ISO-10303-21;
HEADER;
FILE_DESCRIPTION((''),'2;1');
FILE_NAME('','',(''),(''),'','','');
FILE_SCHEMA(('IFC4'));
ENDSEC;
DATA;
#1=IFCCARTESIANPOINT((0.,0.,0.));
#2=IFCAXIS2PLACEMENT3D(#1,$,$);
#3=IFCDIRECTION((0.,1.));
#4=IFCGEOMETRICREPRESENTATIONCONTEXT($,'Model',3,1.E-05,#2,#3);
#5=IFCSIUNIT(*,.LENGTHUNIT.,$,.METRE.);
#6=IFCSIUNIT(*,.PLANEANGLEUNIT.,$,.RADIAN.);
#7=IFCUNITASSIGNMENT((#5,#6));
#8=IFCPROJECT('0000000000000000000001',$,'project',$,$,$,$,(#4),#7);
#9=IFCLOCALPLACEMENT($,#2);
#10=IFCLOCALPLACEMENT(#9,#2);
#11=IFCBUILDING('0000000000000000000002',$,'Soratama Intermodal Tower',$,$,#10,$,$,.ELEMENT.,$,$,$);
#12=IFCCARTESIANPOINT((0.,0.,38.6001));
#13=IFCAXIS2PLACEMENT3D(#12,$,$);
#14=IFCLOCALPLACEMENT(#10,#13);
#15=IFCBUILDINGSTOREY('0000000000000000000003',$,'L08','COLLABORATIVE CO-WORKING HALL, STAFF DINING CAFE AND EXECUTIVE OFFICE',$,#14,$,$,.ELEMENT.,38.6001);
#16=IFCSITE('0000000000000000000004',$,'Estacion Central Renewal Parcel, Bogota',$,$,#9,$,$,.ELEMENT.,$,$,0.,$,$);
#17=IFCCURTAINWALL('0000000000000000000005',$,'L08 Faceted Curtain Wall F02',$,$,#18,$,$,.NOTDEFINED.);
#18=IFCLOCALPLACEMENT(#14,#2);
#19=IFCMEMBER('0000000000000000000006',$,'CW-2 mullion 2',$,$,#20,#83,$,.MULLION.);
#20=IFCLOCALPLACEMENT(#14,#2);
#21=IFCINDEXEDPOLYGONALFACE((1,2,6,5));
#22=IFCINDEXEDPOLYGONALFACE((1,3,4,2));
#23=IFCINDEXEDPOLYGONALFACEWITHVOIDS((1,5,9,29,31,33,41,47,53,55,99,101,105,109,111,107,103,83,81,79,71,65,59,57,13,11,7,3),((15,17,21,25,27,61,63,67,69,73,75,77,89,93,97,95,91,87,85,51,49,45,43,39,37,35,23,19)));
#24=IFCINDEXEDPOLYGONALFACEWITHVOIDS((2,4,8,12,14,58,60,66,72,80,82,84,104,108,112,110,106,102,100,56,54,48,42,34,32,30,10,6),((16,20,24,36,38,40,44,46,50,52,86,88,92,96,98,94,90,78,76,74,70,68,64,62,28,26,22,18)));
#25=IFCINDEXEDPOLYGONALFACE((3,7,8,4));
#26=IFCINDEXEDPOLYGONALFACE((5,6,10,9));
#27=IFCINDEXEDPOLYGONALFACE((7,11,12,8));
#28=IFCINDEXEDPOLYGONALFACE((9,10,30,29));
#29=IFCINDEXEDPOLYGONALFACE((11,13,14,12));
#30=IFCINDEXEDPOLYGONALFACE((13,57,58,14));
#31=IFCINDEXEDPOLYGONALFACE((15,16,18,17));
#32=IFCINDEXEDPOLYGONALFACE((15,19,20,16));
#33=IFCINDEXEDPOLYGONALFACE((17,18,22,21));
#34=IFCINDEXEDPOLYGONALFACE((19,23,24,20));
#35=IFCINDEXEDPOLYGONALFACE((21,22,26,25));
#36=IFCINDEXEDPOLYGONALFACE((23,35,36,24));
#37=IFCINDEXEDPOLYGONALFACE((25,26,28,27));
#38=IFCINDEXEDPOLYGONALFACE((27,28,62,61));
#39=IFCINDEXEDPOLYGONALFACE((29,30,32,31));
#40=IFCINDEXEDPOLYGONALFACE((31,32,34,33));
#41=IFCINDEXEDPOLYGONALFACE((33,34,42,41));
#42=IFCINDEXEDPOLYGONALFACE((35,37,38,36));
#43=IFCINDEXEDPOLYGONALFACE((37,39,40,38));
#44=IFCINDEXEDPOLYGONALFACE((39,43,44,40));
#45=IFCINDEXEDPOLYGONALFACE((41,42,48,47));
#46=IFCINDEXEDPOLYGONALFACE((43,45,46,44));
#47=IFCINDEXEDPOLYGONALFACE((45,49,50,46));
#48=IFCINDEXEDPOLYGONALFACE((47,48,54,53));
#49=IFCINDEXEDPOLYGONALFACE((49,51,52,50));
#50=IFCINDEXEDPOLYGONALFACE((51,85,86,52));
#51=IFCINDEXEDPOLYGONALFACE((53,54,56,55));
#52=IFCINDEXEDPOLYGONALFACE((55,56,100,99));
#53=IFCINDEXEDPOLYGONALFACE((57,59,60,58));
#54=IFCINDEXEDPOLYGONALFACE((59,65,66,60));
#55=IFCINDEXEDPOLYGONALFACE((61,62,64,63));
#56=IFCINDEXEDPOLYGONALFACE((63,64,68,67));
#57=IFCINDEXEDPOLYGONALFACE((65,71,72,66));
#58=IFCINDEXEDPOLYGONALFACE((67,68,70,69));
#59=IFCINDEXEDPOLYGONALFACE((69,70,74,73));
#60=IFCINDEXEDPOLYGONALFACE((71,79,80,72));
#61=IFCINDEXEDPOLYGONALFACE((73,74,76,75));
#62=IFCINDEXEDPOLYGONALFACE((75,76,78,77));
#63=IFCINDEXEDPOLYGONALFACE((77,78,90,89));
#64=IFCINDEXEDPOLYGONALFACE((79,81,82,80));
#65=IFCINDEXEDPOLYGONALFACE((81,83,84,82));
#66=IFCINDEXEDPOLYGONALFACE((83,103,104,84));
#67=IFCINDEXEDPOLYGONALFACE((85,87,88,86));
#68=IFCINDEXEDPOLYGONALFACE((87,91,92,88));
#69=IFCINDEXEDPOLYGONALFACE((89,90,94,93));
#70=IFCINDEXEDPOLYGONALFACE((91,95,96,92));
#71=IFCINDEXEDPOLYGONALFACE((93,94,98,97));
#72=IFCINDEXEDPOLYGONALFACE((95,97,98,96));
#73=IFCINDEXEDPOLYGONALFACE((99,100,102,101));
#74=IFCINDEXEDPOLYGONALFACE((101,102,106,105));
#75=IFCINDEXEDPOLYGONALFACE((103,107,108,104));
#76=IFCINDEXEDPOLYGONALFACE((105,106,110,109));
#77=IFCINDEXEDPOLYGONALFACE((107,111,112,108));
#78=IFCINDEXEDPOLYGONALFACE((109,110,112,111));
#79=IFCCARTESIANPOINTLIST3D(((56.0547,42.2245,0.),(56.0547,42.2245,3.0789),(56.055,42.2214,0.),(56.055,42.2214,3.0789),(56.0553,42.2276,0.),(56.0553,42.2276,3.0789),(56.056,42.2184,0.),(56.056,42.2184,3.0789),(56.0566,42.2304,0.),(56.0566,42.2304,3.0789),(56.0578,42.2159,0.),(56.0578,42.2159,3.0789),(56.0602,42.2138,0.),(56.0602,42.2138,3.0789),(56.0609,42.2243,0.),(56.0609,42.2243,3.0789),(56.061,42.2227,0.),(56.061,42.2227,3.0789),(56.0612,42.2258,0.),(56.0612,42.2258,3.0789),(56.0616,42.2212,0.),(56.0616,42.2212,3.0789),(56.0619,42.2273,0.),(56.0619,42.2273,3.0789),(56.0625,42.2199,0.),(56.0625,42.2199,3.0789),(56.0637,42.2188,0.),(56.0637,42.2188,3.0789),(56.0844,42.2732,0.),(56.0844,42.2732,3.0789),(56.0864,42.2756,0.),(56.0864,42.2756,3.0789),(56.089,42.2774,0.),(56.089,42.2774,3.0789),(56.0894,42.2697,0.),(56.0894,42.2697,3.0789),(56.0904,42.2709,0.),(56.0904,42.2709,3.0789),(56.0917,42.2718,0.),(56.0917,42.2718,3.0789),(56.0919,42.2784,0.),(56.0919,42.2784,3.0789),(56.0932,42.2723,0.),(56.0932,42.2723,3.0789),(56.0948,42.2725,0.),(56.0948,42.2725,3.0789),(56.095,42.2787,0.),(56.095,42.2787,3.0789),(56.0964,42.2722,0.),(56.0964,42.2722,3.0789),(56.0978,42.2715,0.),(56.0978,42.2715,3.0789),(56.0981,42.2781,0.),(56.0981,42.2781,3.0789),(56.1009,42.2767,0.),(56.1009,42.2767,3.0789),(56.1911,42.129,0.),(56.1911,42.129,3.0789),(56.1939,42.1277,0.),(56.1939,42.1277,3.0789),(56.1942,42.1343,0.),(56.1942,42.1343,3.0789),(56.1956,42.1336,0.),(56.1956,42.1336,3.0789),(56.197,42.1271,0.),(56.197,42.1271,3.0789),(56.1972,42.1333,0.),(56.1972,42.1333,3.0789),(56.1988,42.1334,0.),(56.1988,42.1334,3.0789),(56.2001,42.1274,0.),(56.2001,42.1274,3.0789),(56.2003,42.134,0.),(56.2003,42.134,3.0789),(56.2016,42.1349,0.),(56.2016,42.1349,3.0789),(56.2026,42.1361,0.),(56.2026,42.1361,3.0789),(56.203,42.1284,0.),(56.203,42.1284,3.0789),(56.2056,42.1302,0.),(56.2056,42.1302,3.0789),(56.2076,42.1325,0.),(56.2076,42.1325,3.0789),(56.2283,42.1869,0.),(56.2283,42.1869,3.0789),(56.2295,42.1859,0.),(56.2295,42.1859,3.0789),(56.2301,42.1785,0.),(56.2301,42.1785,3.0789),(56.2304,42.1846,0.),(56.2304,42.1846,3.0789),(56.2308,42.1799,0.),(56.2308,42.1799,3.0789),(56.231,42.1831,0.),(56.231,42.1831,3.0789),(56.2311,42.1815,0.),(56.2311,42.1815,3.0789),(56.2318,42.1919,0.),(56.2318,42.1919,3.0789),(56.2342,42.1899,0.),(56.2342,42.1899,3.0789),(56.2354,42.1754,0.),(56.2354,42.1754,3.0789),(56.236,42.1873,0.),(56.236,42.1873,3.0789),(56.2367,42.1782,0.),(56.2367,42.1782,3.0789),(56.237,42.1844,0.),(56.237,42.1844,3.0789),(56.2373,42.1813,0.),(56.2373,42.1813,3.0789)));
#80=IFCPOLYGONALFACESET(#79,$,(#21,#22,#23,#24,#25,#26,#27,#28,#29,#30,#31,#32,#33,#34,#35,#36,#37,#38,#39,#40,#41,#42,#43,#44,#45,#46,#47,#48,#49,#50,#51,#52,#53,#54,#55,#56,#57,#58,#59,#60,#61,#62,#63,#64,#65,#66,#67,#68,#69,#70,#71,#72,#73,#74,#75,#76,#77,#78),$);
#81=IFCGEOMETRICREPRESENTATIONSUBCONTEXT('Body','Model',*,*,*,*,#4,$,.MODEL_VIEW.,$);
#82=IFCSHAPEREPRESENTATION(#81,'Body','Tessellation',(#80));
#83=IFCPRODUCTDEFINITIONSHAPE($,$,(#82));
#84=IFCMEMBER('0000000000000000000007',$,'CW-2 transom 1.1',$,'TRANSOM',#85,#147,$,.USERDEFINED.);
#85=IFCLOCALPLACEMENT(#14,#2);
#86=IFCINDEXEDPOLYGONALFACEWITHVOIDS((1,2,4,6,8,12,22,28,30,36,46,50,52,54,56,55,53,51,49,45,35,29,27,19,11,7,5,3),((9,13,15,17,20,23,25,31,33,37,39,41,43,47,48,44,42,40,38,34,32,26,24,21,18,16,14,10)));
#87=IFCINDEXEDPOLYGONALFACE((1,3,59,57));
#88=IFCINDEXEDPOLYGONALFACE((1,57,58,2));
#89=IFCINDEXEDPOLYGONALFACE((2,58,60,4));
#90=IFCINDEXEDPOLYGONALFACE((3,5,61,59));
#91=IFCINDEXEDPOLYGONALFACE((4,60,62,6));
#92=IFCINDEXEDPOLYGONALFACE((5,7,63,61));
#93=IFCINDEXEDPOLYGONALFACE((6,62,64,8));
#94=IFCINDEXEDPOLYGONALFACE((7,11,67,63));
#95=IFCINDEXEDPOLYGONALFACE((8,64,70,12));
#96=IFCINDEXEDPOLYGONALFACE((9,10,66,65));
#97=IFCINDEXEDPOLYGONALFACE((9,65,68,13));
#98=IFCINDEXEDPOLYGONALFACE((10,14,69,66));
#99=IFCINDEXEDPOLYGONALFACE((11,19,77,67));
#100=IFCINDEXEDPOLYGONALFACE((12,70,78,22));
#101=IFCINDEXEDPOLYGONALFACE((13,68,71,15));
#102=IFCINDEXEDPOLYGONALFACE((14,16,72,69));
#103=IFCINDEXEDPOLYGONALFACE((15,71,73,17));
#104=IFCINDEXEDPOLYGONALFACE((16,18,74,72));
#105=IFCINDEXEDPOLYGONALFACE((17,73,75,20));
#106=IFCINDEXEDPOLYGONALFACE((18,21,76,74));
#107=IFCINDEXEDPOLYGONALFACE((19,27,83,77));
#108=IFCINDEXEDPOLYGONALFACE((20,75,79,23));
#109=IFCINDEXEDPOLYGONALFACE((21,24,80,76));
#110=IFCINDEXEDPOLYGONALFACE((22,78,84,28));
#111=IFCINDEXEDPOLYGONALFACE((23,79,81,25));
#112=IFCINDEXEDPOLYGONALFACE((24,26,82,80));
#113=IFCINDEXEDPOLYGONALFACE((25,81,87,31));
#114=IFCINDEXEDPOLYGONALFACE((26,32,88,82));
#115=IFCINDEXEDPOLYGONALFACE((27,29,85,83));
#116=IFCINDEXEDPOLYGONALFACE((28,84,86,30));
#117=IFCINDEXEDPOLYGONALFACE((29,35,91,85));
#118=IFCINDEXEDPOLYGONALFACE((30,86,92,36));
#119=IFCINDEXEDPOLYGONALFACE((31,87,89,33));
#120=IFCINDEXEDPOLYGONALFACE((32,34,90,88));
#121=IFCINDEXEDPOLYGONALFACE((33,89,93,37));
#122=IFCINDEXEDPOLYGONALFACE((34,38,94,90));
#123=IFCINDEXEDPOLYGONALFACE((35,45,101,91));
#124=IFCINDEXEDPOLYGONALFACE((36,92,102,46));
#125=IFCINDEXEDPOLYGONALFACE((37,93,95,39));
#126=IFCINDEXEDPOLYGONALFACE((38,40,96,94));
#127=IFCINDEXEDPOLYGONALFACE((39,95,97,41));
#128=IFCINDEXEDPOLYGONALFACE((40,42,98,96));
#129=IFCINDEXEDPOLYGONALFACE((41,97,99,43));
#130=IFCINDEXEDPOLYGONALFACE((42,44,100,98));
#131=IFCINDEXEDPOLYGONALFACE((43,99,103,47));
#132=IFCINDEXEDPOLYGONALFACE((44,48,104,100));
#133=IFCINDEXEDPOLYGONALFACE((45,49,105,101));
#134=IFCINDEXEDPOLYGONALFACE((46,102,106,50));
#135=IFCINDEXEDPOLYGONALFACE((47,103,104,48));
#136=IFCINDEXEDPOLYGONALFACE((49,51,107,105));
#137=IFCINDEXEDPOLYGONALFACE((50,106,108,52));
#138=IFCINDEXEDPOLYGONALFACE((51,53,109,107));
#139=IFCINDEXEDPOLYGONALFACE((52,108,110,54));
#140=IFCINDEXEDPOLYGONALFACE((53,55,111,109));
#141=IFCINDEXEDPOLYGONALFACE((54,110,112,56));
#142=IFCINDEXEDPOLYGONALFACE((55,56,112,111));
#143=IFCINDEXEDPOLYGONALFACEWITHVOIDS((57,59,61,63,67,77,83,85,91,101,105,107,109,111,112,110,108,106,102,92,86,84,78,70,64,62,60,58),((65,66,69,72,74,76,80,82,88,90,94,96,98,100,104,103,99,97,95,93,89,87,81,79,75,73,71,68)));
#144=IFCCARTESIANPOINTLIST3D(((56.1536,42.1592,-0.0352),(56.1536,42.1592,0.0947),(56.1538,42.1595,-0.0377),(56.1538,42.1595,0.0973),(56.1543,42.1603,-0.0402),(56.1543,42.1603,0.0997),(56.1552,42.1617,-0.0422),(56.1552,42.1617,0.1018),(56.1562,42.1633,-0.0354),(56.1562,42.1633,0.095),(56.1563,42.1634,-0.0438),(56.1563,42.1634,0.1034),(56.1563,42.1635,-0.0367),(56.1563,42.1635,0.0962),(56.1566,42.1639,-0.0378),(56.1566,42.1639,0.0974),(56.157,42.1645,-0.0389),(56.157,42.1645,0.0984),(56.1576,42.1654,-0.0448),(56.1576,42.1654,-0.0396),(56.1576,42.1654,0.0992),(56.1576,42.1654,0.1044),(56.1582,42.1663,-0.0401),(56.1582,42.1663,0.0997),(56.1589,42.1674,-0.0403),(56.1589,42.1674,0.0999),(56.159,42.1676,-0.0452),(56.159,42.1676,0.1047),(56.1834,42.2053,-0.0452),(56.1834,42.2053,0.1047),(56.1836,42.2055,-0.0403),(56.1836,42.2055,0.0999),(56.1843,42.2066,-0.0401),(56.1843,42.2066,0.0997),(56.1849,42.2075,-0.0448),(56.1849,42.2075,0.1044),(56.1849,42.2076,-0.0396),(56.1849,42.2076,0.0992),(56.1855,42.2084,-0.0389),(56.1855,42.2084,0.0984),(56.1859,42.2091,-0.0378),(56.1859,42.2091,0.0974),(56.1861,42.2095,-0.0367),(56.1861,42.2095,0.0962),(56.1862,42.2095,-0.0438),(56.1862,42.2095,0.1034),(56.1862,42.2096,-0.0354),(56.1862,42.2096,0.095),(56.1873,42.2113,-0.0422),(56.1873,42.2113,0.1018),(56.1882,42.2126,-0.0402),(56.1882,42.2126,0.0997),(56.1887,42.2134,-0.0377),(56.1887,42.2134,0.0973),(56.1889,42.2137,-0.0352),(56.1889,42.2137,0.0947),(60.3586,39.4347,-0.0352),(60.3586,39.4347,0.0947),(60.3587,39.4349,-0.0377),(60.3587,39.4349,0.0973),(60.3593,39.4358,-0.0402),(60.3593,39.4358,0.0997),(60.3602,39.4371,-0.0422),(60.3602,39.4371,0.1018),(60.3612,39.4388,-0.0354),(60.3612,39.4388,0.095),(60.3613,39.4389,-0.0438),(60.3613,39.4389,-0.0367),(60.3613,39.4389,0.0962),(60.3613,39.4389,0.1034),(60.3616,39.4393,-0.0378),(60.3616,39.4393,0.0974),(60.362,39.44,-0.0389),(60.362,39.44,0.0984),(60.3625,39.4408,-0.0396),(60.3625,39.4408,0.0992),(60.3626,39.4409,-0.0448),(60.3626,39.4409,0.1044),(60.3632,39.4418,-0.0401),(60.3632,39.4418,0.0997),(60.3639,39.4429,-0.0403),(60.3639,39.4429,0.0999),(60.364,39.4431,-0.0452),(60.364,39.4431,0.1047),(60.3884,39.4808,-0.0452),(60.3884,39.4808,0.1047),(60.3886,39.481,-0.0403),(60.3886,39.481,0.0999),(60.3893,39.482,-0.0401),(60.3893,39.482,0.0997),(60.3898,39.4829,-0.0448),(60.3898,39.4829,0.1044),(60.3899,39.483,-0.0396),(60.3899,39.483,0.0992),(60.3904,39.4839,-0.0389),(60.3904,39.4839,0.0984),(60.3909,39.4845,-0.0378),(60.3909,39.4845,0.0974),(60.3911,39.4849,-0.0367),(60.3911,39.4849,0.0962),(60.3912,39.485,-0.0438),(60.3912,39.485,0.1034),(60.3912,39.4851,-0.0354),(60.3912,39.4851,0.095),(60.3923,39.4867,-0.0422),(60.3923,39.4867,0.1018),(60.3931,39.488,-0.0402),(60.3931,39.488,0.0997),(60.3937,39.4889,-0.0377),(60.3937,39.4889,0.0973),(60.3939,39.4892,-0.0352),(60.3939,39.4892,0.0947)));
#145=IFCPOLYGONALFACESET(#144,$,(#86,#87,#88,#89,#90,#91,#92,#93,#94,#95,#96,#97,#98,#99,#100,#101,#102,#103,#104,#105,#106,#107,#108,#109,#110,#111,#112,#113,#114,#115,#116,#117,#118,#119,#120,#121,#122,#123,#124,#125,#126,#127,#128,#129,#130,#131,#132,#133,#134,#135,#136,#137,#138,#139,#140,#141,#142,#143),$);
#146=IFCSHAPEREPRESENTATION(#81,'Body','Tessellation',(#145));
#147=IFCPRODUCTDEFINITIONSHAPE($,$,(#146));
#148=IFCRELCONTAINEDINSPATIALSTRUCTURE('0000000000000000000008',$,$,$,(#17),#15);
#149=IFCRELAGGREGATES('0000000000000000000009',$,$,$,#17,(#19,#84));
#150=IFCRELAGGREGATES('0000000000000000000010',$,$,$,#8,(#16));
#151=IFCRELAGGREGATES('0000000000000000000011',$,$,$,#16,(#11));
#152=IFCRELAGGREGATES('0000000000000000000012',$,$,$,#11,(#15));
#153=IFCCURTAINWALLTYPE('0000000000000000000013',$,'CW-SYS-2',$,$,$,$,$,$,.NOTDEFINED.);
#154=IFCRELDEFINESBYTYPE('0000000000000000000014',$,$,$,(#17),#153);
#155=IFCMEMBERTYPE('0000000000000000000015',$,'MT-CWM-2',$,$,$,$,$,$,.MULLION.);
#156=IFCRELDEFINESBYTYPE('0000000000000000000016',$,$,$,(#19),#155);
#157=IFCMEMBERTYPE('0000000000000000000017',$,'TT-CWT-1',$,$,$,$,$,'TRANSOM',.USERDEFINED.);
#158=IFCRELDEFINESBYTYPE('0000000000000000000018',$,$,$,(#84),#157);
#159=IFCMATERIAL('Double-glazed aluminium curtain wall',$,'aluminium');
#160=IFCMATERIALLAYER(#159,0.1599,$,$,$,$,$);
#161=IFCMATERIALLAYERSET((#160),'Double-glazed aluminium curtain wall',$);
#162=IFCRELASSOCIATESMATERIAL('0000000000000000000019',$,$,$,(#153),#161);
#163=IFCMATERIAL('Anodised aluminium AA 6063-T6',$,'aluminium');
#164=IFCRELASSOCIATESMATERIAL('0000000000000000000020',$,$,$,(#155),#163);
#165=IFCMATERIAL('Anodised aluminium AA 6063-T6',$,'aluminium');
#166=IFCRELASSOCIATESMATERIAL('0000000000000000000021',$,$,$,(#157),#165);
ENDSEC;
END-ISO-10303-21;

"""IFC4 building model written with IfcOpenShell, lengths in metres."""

from ifc_helpers import new_model, si_unit, direction, frame, origin, origin_2d, place, context, subcontext, project, spatial, hollow_rectangle, extrude, material, layer, layer_set, material_profile, profile_set, type_object, element, aggregate, save


model = new_model("IFC4")

# Units and contexts
model_context = context("Model", 3, precision=1e-05, world=origin(), true_north=direction((0.0, 1.0)))
body_context = subcontext(model_context, "Body", "Model", "MODEL_VIEW")
ifc_project = project(units=[si_unit("LENGTHUNIT", "METRE"), si_unit("PLANEANGLEUNIT", "RADIAN")], contexts=[model_context])

# Site, building, storey
site_placement = place(None, origin())
site = spatial("IfcSite", under=ifc_project, at=site_placement, Name="Estacion Central Renewal Parcel, Bogota", CompositionType="ELEMENT", RefElevation=0.0)
building_placement = place(site_placement, origin())
building = spatial("IfcBuilding", under=site, at=building_placement, Name="Soratama Intermodal Tower", CompositionType="ELEMENT")
storey_placement = place(building_placement, frame((0.0, 0.0, 38.6001)))
storey = spatial("IfcBuildingStorey", under=building, at=storey_placement, Name="L08", Description="COLLABORATIVE CO-WORKING HALL, STAFF DINING CAFE AND EXECUTIVE OFFICE", CompositionType="ELEMENT", Elevation=38.6001)

# Shared definitions
ifc_material_1 = material(Name="Double-glazed aluminium curtain wall", Category="aluminium")
ifc_layer_1 = layer(ifc_material_1, 0.1599)
ifc_layer_set_1 = layer_set([ifc_layer_1], Name="Double-glazed aluminium curtain wall")
curtain_wall_type = type_object("IfcCurtainWallType", Name="CW-SYS-2", PredefinedType="NOTDEFINED", material=ifc_layer_set_1)
ifc_material_2 = material(Name="Anodised aluminium AA 6063-T6", Category="aluminium")
ifc_material_profile_1 = material_profile(ifc_material_2, hollow_rectangle(XDim=0.075, YDim=0.1799, WallThickness=0.0061, InnerFilletRadius=0.0061, OuterFilletRadius=0.012, at=origin_2d()), Name="CWM180X75X6")
ifc_profile_set_1 = profile_set([ifc_material_profile_1], Name="Anodised aluminium AA 6063-T6")
member_type_1 = type_object("IfcMemberType", Name="MT-CWM-2", PredefinedType="MULLION", material=ifc_profile_set_1)

# Curtain wall, members
curtain_wall_1_placement = place(storey_placement, origin())
curtain_wall_1 = element("IfcCurtainWall", 1, at=curtain_wall_1_placement, inside=storey, type_object=curtain_wall_type, Name="L08 Faceted Curtain Wall F02", PredefinedType="NOTDEFINED")
member_1_placement = place(storey_placement, frame((56.146, 42.2029, 0.0), z_axis=(0.0, 0.0, 1.0), x_axis=(-0.543763, -0.839239, 0.0)))
member_1 = element("IfcMember", 2, at=member_1_placement, type_object=member_type_1, Name="CW-2 mullion 2", PredefinedType="MULLION", context=body_context, shape_type="SweptSolid", body=[
    extrude(hollow_rectangle(XDim=0.075, YDim=0.1799, WallThickness=0.0061, InnerFilletRadius=0.0061, OuterFilletRadius=0.012, at=origin_2d()), origin(), (0.0, 0.0, 1.0), 3.0789),
])
ifc_material_3 = material(Name="Anodised aluminium AA 6063-T6", Category="aluminium")
ifc_material_profile_2 = material_profile(ifc_material_3, hollow_rectangle(XDim=0.0649, YDim=0.1499, WallThickness=0.0049, InnerFilletRadius=0.0049, OuterFilletRadius=0.01, at=origin_2d()), Name="CWT150X65X5")
ifc_profile_set_2 = profile_set([ifc_material_profile_2], Name="Anodised aluminium AA 6063-T6")
member_type_2 = type_object("IfcMemberType", Name="TT-CWT-1", ElementType="TRANSOM", PredefinedType="USERDEFINED", material=ifc_profile_set_2)
member_2_placement = place(storey_placement, frame((60.3762, 39.4619, 0.0298), z_axis=(-0.839235, 0.543768, 0.0), x_axis=(-0.543768, -0.839235, 0.0)))
member_2 = element("IfcMember", 3, at=member_2_placement, type_object=member_type_2, Name="CW-2 transom 1.1", ObjectType="TRANSOM", PredefinedType="USERDEFINED", context=body_context, shape_type="SweptSolid", body=[
    extrude(hollow_rectangle(XDim=0.0649, YDim=0.1499, WallThickness=0.0049, InnerFilletRadius=0.0049, OuterFilletRadius=0.01, at=origin_2d()), origin(), (0.0, 0.0, 1.0), 5.0105),
])
aggregate(curtain_wall_1, [member_1, member_2])

save(model, "model.ifc")
